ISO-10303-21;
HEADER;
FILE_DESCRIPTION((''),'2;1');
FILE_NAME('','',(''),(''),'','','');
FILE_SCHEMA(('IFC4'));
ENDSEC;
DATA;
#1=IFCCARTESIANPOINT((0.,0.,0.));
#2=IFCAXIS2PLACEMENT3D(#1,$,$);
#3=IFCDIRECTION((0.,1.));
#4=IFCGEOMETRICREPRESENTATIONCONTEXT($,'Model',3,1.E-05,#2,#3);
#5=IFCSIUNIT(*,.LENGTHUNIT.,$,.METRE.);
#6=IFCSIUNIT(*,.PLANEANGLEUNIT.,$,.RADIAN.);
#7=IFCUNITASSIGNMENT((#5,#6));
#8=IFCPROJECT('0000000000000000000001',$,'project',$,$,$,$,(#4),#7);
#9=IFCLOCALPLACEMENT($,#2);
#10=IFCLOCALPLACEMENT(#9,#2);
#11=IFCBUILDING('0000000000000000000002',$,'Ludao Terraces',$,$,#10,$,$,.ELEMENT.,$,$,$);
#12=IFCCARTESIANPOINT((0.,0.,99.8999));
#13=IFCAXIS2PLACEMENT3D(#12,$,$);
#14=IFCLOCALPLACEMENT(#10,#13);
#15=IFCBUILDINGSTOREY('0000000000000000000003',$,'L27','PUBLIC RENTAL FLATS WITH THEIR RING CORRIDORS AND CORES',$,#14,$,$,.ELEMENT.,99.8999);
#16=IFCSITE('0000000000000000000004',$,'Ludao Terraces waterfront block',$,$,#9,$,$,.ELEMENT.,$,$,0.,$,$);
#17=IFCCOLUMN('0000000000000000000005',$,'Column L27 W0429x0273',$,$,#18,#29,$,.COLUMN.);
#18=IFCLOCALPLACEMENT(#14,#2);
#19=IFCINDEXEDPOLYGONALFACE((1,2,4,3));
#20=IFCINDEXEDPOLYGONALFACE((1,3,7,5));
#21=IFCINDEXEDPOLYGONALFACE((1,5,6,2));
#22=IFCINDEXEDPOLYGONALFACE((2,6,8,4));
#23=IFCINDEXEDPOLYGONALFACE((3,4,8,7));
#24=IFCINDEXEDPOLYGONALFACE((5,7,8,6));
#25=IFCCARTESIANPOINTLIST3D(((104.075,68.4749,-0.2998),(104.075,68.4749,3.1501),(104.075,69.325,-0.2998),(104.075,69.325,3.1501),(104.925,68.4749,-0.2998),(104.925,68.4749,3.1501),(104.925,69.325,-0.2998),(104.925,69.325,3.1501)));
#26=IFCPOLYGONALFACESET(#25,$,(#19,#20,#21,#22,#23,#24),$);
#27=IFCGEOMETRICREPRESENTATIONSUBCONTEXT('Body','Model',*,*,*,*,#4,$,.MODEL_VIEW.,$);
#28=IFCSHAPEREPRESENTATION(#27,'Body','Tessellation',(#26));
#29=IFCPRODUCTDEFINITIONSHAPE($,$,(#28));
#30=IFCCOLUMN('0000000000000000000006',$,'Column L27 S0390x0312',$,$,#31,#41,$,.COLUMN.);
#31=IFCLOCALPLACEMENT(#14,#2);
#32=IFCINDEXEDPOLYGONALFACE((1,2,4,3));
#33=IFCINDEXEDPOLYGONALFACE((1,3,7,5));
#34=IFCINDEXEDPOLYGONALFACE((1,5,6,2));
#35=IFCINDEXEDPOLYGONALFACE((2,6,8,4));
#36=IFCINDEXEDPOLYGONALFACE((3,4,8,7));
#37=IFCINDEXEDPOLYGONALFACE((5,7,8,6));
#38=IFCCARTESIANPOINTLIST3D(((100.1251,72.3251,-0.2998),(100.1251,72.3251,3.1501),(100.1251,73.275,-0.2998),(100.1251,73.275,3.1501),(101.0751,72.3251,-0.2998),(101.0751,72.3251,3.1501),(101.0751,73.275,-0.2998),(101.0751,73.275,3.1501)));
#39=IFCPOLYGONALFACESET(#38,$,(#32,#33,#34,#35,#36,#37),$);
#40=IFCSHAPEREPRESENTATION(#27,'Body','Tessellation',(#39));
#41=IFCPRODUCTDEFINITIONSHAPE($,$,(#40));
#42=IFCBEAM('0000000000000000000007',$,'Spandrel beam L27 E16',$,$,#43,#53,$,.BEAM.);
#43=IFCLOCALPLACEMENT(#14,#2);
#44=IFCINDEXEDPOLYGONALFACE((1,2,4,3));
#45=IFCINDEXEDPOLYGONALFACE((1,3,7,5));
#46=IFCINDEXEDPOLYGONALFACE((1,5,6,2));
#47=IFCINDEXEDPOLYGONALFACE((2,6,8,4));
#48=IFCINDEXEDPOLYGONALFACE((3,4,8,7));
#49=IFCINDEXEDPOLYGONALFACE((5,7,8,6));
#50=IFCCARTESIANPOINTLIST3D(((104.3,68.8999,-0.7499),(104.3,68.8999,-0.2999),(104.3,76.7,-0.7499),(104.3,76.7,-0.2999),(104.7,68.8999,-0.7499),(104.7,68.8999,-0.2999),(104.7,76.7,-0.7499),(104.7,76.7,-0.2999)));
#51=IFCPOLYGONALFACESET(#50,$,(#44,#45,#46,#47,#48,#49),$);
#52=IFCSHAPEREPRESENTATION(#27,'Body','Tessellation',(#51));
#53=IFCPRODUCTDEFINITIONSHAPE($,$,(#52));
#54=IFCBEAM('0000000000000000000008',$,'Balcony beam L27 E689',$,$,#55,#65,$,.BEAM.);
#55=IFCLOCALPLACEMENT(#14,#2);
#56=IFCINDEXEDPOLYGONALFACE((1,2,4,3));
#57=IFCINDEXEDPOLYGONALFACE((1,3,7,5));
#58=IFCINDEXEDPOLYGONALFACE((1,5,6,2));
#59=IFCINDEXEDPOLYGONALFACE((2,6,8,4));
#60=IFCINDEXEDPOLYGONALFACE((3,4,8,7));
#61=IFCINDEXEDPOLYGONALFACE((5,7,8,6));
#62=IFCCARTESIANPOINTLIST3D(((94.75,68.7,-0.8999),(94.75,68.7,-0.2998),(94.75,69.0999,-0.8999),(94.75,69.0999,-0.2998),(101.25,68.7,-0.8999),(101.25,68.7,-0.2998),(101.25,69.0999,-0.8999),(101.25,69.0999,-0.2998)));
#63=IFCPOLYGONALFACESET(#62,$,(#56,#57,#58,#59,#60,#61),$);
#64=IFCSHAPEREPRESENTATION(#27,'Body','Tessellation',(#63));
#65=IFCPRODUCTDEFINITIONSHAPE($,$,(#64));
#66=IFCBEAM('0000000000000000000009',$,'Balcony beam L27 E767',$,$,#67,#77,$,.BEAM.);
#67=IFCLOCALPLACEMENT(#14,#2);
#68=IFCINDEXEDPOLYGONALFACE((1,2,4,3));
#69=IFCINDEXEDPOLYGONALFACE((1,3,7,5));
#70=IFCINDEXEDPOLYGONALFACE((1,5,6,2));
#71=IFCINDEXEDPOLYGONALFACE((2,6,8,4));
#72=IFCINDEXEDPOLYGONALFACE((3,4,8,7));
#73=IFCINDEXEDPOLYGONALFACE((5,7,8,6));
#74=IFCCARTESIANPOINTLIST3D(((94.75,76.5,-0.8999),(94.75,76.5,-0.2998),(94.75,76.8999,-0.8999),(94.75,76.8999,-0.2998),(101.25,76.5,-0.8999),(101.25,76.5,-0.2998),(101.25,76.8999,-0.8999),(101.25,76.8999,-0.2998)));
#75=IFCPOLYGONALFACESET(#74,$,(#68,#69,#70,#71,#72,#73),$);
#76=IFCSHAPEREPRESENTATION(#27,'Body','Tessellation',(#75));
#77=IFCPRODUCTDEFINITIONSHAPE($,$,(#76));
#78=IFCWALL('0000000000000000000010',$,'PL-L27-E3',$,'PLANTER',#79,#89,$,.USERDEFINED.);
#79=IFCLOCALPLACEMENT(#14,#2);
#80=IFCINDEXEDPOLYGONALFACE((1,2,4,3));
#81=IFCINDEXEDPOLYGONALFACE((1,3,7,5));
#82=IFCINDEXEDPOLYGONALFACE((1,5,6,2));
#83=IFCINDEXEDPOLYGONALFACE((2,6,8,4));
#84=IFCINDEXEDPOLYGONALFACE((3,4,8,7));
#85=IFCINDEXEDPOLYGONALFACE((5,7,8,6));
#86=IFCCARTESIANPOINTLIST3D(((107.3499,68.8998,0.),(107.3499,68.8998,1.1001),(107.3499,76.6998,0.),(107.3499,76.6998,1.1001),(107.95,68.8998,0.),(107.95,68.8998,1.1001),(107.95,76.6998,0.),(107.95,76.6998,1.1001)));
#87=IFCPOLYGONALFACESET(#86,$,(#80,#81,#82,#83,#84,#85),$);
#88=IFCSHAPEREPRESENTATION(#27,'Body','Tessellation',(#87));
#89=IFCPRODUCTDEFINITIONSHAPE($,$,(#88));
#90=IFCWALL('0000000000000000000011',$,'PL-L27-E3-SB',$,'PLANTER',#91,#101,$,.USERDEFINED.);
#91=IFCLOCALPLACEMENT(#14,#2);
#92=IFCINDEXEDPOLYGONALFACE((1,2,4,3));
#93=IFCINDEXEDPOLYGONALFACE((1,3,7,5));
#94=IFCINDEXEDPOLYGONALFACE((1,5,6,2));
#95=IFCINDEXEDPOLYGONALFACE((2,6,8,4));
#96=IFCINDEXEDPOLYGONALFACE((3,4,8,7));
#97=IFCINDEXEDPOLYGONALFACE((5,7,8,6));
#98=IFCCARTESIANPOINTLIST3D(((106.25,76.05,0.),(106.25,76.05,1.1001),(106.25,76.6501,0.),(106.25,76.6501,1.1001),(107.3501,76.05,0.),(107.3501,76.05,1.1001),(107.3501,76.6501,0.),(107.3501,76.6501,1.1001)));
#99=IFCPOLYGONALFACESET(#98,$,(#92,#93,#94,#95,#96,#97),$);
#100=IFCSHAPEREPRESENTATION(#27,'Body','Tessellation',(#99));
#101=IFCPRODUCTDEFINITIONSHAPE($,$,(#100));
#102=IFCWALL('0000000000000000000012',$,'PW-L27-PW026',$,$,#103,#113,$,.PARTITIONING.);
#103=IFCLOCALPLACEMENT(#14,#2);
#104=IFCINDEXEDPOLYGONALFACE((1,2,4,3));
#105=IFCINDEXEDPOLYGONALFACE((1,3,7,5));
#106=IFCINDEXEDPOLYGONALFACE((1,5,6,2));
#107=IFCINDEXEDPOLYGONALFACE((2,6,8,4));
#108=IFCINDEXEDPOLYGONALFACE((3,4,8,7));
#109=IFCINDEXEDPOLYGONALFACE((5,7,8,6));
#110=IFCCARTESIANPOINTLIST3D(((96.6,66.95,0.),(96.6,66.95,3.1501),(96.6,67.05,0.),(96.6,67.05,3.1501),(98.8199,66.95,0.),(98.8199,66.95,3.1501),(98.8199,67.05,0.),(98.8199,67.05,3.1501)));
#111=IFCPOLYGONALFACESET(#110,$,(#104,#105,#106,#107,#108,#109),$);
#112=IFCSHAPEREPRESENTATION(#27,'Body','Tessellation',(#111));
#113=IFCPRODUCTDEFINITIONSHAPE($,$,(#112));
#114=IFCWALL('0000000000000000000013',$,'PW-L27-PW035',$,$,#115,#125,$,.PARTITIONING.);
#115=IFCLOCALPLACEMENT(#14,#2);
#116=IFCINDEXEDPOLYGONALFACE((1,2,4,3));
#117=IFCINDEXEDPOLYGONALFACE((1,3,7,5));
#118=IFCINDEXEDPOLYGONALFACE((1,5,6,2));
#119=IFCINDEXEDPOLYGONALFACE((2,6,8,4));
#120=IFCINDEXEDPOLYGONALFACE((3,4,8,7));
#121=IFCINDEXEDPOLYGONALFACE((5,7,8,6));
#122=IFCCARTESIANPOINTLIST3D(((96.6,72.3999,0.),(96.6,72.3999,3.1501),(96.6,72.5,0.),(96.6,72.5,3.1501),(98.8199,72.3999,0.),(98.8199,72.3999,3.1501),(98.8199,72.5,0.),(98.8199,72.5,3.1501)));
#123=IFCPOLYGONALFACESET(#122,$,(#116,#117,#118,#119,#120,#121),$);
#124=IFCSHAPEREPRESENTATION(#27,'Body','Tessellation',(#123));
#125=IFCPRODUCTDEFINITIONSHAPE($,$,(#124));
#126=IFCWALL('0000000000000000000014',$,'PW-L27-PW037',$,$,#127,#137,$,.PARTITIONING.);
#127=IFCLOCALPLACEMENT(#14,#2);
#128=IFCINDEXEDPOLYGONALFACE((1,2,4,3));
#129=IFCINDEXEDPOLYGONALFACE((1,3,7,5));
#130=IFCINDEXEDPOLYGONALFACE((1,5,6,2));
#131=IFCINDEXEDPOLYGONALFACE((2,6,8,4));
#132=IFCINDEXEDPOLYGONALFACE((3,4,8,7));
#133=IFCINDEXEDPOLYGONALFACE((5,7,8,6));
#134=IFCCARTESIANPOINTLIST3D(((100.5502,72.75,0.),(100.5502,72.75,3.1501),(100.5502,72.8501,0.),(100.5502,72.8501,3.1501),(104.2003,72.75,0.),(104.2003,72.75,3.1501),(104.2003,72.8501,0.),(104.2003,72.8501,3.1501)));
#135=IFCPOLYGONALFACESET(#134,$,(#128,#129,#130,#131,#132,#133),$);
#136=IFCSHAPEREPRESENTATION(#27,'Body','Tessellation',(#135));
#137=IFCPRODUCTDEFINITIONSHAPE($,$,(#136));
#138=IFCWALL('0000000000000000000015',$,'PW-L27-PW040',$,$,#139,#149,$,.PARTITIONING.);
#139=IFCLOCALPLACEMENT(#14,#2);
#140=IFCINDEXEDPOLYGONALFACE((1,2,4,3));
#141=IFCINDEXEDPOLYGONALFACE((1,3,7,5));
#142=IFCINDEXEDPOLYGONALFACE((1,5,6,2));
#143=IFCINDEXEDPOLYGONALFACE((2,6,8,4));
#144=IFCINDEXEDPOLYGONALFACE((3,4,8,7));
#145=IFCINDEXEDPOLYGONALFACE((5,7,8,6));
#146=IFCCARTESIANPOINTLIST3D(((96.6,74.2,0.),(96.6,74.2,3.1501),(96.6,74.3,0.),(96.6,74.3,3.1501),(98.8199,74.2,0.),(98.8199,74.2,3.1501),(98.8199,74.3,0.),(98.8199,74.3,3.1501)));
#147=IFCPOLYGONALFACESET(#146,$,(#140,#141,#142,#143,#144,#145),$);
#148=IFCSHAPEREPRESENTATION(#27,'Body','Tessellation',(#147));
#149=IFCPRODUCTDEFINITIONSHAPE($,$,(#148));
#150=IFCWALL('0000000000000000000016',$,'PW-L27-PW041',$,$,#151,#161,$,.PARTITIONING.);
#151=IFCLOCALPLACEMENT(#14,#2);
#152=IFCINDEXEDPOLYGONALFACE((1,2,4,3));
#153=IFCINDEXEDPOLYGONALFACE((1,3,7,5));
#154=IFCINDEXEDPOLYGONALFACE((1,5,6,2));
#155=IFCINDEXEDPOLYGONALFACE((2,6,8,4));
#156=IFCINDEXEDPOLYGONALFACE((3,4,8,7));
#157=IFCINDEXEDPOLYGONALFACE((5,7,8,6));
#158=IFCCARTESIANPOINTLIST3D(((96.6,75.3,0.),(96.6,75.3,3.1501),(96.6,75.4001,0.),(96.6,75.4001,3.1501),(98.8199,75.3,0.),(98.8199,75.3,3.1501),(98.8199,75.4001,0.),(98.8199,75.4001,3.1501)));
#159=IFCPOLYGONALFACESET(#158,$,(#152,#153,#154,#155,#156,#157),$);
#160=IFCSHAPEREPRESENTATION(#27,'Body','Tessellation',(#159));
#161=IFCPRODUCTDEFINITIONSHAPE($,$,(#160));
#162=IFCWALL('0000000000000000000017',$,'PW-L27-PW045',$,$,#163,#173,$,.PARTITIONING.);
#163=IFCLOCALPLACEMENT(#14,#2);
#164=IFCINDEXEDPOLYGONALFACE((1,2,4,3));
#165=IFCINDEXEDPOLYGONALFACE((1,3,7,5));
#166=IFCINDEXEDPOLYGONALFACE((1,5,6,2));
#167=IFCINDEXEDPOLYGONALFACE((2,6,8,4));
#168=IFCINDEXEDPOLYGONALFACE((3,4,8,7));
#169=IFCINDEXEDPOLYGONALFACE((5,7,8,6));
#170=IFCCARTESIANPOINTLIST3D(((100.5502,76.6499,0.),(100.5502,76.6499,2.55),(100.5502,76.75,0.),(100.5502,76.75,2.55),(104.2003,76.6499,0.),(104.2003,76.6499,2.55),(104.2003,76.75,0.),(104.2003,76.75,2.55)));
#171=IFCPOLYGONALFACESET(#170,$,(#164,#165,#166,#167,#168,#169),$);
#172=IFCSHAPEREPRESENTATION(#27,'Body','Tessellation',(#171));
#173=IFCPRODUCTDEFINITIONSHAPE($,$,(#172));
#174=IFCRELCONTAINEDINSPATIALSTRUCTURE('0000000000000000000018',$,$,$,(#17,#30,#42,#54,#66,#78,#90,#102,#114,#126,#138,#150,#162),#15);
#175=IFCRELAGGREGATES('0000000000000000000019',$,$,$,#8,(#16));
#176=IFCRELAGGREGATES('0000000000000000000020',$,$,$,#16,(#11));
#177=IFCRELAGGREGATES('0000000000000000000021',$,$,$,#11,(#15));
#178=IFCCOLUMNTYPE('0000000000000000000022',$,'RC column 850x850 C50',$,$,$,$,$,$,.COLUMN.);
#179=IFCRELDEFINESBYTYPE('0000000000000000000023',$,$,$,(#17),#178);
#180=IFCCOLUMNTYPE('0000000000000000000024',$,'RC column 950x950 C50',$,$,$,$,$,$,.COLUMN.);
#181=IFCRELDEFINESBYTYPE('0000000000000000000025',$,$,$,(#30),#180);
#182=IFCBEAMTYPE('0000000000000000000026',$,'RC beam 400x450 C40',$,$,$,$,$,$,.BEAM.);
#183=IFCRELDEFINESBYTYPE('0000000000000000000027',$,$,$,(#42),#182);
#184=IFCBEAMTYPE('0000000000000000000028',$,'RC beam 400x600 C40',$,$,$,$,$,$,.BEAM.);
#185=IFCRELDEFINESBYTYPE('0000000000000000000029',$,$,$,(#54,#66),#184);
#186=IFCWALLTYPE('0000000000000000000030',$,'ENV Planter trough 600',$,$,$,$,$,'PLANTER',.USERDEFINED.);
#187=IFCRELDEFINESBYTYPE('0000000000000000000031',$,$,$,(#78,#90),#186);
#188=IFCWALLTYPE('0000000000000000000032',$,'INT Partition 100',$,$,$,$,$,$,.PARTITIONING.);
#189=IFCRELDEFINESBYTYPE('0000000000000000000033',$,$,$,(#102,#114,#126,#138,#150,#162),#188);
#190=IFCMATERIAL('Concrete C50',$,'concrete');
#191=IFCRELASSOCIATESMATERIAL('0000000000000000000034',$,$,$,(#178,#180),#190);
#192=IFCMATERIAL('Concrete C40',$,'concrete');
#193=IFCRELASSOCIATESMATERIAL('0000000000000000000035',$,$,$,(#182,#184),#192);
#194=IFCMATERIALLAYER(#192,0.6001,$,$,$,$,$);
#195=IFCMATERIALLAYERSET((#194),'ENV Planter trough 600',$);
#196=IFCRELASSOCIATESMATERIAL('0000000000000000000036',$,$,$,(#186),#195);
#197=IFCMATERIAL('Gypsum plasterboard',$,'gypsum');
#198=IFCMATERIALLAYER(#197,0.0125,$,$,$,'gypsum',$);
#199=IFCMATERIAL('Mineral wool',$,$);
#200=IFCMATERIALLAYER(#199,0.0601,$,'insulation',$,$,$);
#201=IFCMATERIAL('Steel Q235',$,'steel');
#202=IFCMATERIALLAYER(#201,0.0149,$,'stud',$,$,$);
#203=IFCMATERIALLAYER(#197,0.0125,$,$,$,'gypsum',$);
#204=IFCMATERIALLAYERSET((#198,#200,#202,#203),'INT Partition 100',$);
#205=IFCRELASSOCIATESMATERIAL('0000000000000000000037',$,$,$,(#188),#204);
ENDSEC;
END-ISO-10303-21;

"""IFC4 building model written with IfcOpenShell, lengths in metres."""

from ifc_helpers import new_model, si_unit, direction, frame, frame_2d, origin, origin_2d, place, context, subcontext, project, spatial, rectangle, extrude, material, layer, layer_set, material_profile, profile_set, type_object, element, save


model = new_model("IFC4")

# Units and contexts
model_context = context("Model", 3, precision=1e-05, world=origin(), true_north=direction((0.0, 1.0)))
body_context = subcontext(model_context, "Body", "Model", "MODEL_VIEW")
ifc_project = project(units=[si_unit("LENGTHUNIT", "METRE"), si_unit("PLANEANGLEUNIT", "RADIAN")], contexts=[model_context])

# Site, building, storey
site_placement = place(None, origin())
site = spatial("IfcSite", under=ifc_project, at=site_placement, Name="Ludao Terraces waterfront block", CompositionType="ELEMENT", RefElevation=0.0)
building_placement = place(site_placement, origin())
building = spatial("IfcBuilding", under=site, at=building_placement, Name="Ludao Terraces", CompositionType="ELEMENT")
storey_placement = place(building_placement, frame((0.0, 0.0, 99.8999)))
storey = spatial("IfcBuildingStorey", under=building, at=storey_placement, Name="L27", Description="PUBLIC RENTAL FLATS WITH THEIR RING CORRIDORS AND CORES", CompositionType="ELEMENT", Elevation=99.8999)

# Columns
ifc_material_1 = material(Name="Concrete C50", Category="concrete")
ifc_material_profile_1 = material_profile(ifc_material_1, rectangle(XDim=0.8501, YDim=0.8501, at=origin_2d()), Name="850 X 850")
ifc_profile_set_1 = profile_set([ifc_material_profile_1], Name="Concrete C50")
column_type_1 = type_object("IfcColumnType", Name="RC column 850x850 C50", PredefinedType="COLUMN", material=ifc_profile_set_1)
column_1_placement = place(storey_placement, frame((104.5, 68.8999, -0.2998), z_axis=(0.0, 0.0, 1.0), x_axis=(1.0, 0.0, 0.0)))
element("IfcColumn", 1, at=column_1_placement, inside=storey, type_object=column_type_1, Name="Column L27 W0429x0273", PredefinedType="COLUMN", context=body_context, shape_type="SweptSolid", body=[
    extrude(rectangle(XDim=0.8501, YDim=0.8501, at=origin_2d()), origin(), (0.0, 0.0, 1.0), 3.45),
])
ifc_material_profile_2 = material_profile(ifc_material_1, rectangle(XDim=0.95, YDim=0.95, at=origin_2d()), Name="950 X 950")
ifc_profile_set_2 = profile_set([ifc_material_profile_2], Name="Concrete C50")
column_type_2 = type_object("IfcColumnType", Name="RC column 950x950 C50", PredefinedType="COLUMN", material=ifc_profile_set_2)
column_2_placement = place(storey_placement, frame((100.6001, 72.8, -0.2998), z_axis=(0.0, 0.0, 1.0), x_axis=(1.0, 0.0, 0.0)))
element("IfcColumn", 2, at=column_2_placement, inside=storey, type_object=column_type_2, Name="Column L27 S0390x0312", PredefinedType="COLUMN", context=body_context, shape_type="SweptSolid", body=[
    extrude(rectangle(XDim=0.95, YDim=0.95, at=origin_2d()), origin(), (0.0, 0.0, 1.0), 3.45),
])

# Beams
ifc_material_2 = material(Name="Concrete C40", Category="concrete")
ifc_material_profile_3 = material_profile(ifc_material_2, rectangle(XDim=0.3999, YDim=0.45, at=origin_2d()), Name="400 X 450")
ifc_profile_set_3 = profile_set([ifc_material_profile_3], Name="Concrete C40")
beam_type_1 = type_object("IfcBeamType", Name="RC beam 400x450 C40", PredefinedType="BEAM", material=ifc_profile_set_3)
beam_placement = place(storey_placement, frame((104.5, 68.8999, -0.5249), z_axis=(0.0, 1.0, 0.0), x_axis=(-1.0, 0.0, 0.0)))
element("IfcBeam", 3, at=beam_placement, inside=storey, type_object=beam_type_1, Name="Spandrel beam L27 E16", PredefinedType="BEAM", context=body_context, shape_type="SweptSolid", body=[
    extrude(rectangle(XDim=0.3999, YDim=0.45, at=origin_2d()), origin(), (0.0, 0.0, 1.0), 7.8),
])
ifc_material_profile_4 = material_profile(ifc_material_2, rectangle(XDim=0.3999, YDim=0.6001, at=origin_2d()), Name="400 X 600")
ifc_profile_set_4 = profile_set([ifc_material_profile_4], Name="Concrete C40")
beam_type_2 = type_object("IfcBeamType", Name="RC beam 400x600 C40", PredefinedType="BEAM", material=ifc_profile_set_4)
for number, where, z_axis, x_axis, name in (
    (4, (94.75, 68.8999, -0.5999), (1.0, 0.0, 0.0), (0.0, 1.0, 0.0), "Balcony beam L27 E689"),
    (5, (94.75, 76.7, -0.5999), (1.0, 0.0, 0.0), (0.0, 1.0, 0.0), "Balcony beam L27 E767"),
):
    element("IfcBeam", number, at=place(storey_placement, frame(where, z_axis=z_axis, x_axis=x_axis)), inside=storey, type_object=beam_type_2, Name=name, PredefinedType="BEAM", context=body_context, shape_type="SweptSolid", body=[
        extrude(rectangle(XDim=0.3999, YDim=0.6001, at=origin_2d()), origin(), (0.0, 0.0, 1.0), 6.5),
    ])

# Walls
ifc_layer_1 = layer(ifc_material_2, 0.6001)
ifc_layer_set_1 = layer_set([ifc_layer_1], Name="ENV Planter trough 600")
wall_type_1 = type_object("IfcWallType", Name="ENV Planter trough 600", ElementType="PLANTER", PredefinedType="USERDEFINED", material=ifc_layer_set_1)
wall_1_placement = place(storey_placement, frame((107.6499, 68.8999, 0.0), z_axis=(0.0, 0.0, 1.0), x_axis=(0.0, 1.0, 0.0)))
element("IfcWall", 6, at=wall_1_placement, inside=storey, type_object=wall_type_1, Name="PL-L27-E3", ObjectType="PLANTER", PredefinedType="USERDEFINED", context=body_context, shape_type="SweptSolid", body=[
    extrude(rectangle(XDim=7.8, YDim=0.6001, at=frame_2d((3.8999, 0.0))), origin(), (0.0, 0.0, 1.0), 1.1001),
])
wall_2_placement = place(storey_placement, frame((107.3501, 76.3501, 0.0), z_axis=(0.0, 0.0, 1.0), x_axis=(-1.0, 0.0, 0.0)))
element("IfcWall", 7, at=wall_2_placement, inside=storey, type_object=wall_type_1, Name="PL-L27-E3-SB", ObjectType="PLANTER", PredefinedType="USERDEFINED", context=body_context, shape_type="SweptSolid", body=[
    extrude(rectangle(XDim=1.1001, YDim=0.6001, at=frame_2d((0.55, 0.0))), origin(), (0.0, 0.0, 1.0), 1.1001),
])

# Shared definitions
ifc_material_3 = material(Name="Mineral wool")

# Walls
ifc_material_4 = material(Name="Gypsum plasterboard", Category="gypsum")
ifc_layer_2 = layer(ifc_material_4, 0.0125, Category="gypsum")
ifc_layer_3 = layer(ifc_material_3, 0.0601, Name="insulation")
ifc_material_5 = material(Name="Steel Q235", Category="steel")
ifc_layer_4 = layer(ifc_material_5, 0.0149, Name="stud")
ifc_layer_5 = layer(ifc_material_4, 0.0125, Category="gypsum")
ifc_layer_set_2 = layer_set([ifc_layer_2, ifc_layer_3, ifc_layer_4, ifc_layer_5], Name="INT Partition 100")
wall_type_2 = type_object("IfcWallType", Name="INT Partition 100", PredefinedType="PARTITIONING", material=ifc_layer_set_2)
for number, where, z_axis, x_axis, name in (
    (8, (96.6001, 67.0, 0.0), (0.0, 0.0, 1.0), (1.0, 0.0, 0.0), "PW-L27-PW026"),
    (9, (96.6001, 72.45, 0.0), (0.0, 0.0, 1.0), (1.0, 0.0, 0.0), "PW-L27-PW035"),
):
    element("IfcWall", number, at=place(storey_placement, frame(where, z_axis=z_axis, x_axis=x_axis)), inside=storey, type_object=wall_type_2, Name=name, PredefinedType="PARTITIONING", context=body_context, shape_type="SweptSolid", body=[
        extrude(rectangle(XDim=2.22, YDim=0.1001, at=frame_2d((1.1099, 0.0))), origin(), (0.0, 0.0, 1.0), 3.1501),
    ])
wall_3_placement = place(storey_placement, frame((100.55, 72.8, 0.0), z_axis=(0.0, 0.0, 1.0), x_axis=(1.0, 0.0, 0.0)))
element("IfcWall", 10, at=wall_3_placement, inside=storey, type_object=wall_type_2, Name="PW-L27-PW037", PredefinedType="PARTITIONING", context=body_context, shape_type="SweptSolid", body=[
    extrude(rectangle(XDim=3.6501, YDim=0.1001, at=frame_2d((1.8252, 0.0))), origin(), (0.0, 0.0, 1.0), 3.1501),
])
for number, where, z_axis, x_axis, name in (
    (11, (96.6001, 74.25, 0.0), (0.0, 0.0, 1.0), (1.0, 0.0, 0.0), "PW-L27-PW040"),
    (12, (96.6001, 75.3501, 0.0), (0.0, 0.0, 1.0), (1.0, 0.0, 0.0), "PW-L27-PW041"),
):
    element("IfcWall", number, at=place(storey_placement, frame(where, z_axis=z_axis, x_axis=x_axis)), inside=storey, type_object=wall_type_2, Name=name, PredefinedType="PARTITIONING", context=body_context, shape_type="SweptSolid", body=[
        extrude(rectangle(XDim=2.22, YDim=0.1001, at=frame_2d((1.1099, 0.0))), origin(), (0.0, 0.0, 1.0), 3.1501),
    ])
wall_4_placement = place(storey_placement, frame((100.55, 76.7, 0.0), z_axis=(0.0, 0.0, 1.0), x_axis=(1.0, 0.0, 0.0)))
element("IfcWall", 13, at=wall_4_placement, inside=storey, type_object=wall_type_2, Name="PW-L27-PW045", PredefinedType="PARTITIONING", context=body_context, shape_type="SweptSolid", body=[
    extrude(rectangle(XDim=3.6501, YDim=0.1001, at=frame_2d((1.8252, 0.0))), origin(), (0.0, 0.0, 1.0), 2.55),
])

save(model, "model.ifc")
